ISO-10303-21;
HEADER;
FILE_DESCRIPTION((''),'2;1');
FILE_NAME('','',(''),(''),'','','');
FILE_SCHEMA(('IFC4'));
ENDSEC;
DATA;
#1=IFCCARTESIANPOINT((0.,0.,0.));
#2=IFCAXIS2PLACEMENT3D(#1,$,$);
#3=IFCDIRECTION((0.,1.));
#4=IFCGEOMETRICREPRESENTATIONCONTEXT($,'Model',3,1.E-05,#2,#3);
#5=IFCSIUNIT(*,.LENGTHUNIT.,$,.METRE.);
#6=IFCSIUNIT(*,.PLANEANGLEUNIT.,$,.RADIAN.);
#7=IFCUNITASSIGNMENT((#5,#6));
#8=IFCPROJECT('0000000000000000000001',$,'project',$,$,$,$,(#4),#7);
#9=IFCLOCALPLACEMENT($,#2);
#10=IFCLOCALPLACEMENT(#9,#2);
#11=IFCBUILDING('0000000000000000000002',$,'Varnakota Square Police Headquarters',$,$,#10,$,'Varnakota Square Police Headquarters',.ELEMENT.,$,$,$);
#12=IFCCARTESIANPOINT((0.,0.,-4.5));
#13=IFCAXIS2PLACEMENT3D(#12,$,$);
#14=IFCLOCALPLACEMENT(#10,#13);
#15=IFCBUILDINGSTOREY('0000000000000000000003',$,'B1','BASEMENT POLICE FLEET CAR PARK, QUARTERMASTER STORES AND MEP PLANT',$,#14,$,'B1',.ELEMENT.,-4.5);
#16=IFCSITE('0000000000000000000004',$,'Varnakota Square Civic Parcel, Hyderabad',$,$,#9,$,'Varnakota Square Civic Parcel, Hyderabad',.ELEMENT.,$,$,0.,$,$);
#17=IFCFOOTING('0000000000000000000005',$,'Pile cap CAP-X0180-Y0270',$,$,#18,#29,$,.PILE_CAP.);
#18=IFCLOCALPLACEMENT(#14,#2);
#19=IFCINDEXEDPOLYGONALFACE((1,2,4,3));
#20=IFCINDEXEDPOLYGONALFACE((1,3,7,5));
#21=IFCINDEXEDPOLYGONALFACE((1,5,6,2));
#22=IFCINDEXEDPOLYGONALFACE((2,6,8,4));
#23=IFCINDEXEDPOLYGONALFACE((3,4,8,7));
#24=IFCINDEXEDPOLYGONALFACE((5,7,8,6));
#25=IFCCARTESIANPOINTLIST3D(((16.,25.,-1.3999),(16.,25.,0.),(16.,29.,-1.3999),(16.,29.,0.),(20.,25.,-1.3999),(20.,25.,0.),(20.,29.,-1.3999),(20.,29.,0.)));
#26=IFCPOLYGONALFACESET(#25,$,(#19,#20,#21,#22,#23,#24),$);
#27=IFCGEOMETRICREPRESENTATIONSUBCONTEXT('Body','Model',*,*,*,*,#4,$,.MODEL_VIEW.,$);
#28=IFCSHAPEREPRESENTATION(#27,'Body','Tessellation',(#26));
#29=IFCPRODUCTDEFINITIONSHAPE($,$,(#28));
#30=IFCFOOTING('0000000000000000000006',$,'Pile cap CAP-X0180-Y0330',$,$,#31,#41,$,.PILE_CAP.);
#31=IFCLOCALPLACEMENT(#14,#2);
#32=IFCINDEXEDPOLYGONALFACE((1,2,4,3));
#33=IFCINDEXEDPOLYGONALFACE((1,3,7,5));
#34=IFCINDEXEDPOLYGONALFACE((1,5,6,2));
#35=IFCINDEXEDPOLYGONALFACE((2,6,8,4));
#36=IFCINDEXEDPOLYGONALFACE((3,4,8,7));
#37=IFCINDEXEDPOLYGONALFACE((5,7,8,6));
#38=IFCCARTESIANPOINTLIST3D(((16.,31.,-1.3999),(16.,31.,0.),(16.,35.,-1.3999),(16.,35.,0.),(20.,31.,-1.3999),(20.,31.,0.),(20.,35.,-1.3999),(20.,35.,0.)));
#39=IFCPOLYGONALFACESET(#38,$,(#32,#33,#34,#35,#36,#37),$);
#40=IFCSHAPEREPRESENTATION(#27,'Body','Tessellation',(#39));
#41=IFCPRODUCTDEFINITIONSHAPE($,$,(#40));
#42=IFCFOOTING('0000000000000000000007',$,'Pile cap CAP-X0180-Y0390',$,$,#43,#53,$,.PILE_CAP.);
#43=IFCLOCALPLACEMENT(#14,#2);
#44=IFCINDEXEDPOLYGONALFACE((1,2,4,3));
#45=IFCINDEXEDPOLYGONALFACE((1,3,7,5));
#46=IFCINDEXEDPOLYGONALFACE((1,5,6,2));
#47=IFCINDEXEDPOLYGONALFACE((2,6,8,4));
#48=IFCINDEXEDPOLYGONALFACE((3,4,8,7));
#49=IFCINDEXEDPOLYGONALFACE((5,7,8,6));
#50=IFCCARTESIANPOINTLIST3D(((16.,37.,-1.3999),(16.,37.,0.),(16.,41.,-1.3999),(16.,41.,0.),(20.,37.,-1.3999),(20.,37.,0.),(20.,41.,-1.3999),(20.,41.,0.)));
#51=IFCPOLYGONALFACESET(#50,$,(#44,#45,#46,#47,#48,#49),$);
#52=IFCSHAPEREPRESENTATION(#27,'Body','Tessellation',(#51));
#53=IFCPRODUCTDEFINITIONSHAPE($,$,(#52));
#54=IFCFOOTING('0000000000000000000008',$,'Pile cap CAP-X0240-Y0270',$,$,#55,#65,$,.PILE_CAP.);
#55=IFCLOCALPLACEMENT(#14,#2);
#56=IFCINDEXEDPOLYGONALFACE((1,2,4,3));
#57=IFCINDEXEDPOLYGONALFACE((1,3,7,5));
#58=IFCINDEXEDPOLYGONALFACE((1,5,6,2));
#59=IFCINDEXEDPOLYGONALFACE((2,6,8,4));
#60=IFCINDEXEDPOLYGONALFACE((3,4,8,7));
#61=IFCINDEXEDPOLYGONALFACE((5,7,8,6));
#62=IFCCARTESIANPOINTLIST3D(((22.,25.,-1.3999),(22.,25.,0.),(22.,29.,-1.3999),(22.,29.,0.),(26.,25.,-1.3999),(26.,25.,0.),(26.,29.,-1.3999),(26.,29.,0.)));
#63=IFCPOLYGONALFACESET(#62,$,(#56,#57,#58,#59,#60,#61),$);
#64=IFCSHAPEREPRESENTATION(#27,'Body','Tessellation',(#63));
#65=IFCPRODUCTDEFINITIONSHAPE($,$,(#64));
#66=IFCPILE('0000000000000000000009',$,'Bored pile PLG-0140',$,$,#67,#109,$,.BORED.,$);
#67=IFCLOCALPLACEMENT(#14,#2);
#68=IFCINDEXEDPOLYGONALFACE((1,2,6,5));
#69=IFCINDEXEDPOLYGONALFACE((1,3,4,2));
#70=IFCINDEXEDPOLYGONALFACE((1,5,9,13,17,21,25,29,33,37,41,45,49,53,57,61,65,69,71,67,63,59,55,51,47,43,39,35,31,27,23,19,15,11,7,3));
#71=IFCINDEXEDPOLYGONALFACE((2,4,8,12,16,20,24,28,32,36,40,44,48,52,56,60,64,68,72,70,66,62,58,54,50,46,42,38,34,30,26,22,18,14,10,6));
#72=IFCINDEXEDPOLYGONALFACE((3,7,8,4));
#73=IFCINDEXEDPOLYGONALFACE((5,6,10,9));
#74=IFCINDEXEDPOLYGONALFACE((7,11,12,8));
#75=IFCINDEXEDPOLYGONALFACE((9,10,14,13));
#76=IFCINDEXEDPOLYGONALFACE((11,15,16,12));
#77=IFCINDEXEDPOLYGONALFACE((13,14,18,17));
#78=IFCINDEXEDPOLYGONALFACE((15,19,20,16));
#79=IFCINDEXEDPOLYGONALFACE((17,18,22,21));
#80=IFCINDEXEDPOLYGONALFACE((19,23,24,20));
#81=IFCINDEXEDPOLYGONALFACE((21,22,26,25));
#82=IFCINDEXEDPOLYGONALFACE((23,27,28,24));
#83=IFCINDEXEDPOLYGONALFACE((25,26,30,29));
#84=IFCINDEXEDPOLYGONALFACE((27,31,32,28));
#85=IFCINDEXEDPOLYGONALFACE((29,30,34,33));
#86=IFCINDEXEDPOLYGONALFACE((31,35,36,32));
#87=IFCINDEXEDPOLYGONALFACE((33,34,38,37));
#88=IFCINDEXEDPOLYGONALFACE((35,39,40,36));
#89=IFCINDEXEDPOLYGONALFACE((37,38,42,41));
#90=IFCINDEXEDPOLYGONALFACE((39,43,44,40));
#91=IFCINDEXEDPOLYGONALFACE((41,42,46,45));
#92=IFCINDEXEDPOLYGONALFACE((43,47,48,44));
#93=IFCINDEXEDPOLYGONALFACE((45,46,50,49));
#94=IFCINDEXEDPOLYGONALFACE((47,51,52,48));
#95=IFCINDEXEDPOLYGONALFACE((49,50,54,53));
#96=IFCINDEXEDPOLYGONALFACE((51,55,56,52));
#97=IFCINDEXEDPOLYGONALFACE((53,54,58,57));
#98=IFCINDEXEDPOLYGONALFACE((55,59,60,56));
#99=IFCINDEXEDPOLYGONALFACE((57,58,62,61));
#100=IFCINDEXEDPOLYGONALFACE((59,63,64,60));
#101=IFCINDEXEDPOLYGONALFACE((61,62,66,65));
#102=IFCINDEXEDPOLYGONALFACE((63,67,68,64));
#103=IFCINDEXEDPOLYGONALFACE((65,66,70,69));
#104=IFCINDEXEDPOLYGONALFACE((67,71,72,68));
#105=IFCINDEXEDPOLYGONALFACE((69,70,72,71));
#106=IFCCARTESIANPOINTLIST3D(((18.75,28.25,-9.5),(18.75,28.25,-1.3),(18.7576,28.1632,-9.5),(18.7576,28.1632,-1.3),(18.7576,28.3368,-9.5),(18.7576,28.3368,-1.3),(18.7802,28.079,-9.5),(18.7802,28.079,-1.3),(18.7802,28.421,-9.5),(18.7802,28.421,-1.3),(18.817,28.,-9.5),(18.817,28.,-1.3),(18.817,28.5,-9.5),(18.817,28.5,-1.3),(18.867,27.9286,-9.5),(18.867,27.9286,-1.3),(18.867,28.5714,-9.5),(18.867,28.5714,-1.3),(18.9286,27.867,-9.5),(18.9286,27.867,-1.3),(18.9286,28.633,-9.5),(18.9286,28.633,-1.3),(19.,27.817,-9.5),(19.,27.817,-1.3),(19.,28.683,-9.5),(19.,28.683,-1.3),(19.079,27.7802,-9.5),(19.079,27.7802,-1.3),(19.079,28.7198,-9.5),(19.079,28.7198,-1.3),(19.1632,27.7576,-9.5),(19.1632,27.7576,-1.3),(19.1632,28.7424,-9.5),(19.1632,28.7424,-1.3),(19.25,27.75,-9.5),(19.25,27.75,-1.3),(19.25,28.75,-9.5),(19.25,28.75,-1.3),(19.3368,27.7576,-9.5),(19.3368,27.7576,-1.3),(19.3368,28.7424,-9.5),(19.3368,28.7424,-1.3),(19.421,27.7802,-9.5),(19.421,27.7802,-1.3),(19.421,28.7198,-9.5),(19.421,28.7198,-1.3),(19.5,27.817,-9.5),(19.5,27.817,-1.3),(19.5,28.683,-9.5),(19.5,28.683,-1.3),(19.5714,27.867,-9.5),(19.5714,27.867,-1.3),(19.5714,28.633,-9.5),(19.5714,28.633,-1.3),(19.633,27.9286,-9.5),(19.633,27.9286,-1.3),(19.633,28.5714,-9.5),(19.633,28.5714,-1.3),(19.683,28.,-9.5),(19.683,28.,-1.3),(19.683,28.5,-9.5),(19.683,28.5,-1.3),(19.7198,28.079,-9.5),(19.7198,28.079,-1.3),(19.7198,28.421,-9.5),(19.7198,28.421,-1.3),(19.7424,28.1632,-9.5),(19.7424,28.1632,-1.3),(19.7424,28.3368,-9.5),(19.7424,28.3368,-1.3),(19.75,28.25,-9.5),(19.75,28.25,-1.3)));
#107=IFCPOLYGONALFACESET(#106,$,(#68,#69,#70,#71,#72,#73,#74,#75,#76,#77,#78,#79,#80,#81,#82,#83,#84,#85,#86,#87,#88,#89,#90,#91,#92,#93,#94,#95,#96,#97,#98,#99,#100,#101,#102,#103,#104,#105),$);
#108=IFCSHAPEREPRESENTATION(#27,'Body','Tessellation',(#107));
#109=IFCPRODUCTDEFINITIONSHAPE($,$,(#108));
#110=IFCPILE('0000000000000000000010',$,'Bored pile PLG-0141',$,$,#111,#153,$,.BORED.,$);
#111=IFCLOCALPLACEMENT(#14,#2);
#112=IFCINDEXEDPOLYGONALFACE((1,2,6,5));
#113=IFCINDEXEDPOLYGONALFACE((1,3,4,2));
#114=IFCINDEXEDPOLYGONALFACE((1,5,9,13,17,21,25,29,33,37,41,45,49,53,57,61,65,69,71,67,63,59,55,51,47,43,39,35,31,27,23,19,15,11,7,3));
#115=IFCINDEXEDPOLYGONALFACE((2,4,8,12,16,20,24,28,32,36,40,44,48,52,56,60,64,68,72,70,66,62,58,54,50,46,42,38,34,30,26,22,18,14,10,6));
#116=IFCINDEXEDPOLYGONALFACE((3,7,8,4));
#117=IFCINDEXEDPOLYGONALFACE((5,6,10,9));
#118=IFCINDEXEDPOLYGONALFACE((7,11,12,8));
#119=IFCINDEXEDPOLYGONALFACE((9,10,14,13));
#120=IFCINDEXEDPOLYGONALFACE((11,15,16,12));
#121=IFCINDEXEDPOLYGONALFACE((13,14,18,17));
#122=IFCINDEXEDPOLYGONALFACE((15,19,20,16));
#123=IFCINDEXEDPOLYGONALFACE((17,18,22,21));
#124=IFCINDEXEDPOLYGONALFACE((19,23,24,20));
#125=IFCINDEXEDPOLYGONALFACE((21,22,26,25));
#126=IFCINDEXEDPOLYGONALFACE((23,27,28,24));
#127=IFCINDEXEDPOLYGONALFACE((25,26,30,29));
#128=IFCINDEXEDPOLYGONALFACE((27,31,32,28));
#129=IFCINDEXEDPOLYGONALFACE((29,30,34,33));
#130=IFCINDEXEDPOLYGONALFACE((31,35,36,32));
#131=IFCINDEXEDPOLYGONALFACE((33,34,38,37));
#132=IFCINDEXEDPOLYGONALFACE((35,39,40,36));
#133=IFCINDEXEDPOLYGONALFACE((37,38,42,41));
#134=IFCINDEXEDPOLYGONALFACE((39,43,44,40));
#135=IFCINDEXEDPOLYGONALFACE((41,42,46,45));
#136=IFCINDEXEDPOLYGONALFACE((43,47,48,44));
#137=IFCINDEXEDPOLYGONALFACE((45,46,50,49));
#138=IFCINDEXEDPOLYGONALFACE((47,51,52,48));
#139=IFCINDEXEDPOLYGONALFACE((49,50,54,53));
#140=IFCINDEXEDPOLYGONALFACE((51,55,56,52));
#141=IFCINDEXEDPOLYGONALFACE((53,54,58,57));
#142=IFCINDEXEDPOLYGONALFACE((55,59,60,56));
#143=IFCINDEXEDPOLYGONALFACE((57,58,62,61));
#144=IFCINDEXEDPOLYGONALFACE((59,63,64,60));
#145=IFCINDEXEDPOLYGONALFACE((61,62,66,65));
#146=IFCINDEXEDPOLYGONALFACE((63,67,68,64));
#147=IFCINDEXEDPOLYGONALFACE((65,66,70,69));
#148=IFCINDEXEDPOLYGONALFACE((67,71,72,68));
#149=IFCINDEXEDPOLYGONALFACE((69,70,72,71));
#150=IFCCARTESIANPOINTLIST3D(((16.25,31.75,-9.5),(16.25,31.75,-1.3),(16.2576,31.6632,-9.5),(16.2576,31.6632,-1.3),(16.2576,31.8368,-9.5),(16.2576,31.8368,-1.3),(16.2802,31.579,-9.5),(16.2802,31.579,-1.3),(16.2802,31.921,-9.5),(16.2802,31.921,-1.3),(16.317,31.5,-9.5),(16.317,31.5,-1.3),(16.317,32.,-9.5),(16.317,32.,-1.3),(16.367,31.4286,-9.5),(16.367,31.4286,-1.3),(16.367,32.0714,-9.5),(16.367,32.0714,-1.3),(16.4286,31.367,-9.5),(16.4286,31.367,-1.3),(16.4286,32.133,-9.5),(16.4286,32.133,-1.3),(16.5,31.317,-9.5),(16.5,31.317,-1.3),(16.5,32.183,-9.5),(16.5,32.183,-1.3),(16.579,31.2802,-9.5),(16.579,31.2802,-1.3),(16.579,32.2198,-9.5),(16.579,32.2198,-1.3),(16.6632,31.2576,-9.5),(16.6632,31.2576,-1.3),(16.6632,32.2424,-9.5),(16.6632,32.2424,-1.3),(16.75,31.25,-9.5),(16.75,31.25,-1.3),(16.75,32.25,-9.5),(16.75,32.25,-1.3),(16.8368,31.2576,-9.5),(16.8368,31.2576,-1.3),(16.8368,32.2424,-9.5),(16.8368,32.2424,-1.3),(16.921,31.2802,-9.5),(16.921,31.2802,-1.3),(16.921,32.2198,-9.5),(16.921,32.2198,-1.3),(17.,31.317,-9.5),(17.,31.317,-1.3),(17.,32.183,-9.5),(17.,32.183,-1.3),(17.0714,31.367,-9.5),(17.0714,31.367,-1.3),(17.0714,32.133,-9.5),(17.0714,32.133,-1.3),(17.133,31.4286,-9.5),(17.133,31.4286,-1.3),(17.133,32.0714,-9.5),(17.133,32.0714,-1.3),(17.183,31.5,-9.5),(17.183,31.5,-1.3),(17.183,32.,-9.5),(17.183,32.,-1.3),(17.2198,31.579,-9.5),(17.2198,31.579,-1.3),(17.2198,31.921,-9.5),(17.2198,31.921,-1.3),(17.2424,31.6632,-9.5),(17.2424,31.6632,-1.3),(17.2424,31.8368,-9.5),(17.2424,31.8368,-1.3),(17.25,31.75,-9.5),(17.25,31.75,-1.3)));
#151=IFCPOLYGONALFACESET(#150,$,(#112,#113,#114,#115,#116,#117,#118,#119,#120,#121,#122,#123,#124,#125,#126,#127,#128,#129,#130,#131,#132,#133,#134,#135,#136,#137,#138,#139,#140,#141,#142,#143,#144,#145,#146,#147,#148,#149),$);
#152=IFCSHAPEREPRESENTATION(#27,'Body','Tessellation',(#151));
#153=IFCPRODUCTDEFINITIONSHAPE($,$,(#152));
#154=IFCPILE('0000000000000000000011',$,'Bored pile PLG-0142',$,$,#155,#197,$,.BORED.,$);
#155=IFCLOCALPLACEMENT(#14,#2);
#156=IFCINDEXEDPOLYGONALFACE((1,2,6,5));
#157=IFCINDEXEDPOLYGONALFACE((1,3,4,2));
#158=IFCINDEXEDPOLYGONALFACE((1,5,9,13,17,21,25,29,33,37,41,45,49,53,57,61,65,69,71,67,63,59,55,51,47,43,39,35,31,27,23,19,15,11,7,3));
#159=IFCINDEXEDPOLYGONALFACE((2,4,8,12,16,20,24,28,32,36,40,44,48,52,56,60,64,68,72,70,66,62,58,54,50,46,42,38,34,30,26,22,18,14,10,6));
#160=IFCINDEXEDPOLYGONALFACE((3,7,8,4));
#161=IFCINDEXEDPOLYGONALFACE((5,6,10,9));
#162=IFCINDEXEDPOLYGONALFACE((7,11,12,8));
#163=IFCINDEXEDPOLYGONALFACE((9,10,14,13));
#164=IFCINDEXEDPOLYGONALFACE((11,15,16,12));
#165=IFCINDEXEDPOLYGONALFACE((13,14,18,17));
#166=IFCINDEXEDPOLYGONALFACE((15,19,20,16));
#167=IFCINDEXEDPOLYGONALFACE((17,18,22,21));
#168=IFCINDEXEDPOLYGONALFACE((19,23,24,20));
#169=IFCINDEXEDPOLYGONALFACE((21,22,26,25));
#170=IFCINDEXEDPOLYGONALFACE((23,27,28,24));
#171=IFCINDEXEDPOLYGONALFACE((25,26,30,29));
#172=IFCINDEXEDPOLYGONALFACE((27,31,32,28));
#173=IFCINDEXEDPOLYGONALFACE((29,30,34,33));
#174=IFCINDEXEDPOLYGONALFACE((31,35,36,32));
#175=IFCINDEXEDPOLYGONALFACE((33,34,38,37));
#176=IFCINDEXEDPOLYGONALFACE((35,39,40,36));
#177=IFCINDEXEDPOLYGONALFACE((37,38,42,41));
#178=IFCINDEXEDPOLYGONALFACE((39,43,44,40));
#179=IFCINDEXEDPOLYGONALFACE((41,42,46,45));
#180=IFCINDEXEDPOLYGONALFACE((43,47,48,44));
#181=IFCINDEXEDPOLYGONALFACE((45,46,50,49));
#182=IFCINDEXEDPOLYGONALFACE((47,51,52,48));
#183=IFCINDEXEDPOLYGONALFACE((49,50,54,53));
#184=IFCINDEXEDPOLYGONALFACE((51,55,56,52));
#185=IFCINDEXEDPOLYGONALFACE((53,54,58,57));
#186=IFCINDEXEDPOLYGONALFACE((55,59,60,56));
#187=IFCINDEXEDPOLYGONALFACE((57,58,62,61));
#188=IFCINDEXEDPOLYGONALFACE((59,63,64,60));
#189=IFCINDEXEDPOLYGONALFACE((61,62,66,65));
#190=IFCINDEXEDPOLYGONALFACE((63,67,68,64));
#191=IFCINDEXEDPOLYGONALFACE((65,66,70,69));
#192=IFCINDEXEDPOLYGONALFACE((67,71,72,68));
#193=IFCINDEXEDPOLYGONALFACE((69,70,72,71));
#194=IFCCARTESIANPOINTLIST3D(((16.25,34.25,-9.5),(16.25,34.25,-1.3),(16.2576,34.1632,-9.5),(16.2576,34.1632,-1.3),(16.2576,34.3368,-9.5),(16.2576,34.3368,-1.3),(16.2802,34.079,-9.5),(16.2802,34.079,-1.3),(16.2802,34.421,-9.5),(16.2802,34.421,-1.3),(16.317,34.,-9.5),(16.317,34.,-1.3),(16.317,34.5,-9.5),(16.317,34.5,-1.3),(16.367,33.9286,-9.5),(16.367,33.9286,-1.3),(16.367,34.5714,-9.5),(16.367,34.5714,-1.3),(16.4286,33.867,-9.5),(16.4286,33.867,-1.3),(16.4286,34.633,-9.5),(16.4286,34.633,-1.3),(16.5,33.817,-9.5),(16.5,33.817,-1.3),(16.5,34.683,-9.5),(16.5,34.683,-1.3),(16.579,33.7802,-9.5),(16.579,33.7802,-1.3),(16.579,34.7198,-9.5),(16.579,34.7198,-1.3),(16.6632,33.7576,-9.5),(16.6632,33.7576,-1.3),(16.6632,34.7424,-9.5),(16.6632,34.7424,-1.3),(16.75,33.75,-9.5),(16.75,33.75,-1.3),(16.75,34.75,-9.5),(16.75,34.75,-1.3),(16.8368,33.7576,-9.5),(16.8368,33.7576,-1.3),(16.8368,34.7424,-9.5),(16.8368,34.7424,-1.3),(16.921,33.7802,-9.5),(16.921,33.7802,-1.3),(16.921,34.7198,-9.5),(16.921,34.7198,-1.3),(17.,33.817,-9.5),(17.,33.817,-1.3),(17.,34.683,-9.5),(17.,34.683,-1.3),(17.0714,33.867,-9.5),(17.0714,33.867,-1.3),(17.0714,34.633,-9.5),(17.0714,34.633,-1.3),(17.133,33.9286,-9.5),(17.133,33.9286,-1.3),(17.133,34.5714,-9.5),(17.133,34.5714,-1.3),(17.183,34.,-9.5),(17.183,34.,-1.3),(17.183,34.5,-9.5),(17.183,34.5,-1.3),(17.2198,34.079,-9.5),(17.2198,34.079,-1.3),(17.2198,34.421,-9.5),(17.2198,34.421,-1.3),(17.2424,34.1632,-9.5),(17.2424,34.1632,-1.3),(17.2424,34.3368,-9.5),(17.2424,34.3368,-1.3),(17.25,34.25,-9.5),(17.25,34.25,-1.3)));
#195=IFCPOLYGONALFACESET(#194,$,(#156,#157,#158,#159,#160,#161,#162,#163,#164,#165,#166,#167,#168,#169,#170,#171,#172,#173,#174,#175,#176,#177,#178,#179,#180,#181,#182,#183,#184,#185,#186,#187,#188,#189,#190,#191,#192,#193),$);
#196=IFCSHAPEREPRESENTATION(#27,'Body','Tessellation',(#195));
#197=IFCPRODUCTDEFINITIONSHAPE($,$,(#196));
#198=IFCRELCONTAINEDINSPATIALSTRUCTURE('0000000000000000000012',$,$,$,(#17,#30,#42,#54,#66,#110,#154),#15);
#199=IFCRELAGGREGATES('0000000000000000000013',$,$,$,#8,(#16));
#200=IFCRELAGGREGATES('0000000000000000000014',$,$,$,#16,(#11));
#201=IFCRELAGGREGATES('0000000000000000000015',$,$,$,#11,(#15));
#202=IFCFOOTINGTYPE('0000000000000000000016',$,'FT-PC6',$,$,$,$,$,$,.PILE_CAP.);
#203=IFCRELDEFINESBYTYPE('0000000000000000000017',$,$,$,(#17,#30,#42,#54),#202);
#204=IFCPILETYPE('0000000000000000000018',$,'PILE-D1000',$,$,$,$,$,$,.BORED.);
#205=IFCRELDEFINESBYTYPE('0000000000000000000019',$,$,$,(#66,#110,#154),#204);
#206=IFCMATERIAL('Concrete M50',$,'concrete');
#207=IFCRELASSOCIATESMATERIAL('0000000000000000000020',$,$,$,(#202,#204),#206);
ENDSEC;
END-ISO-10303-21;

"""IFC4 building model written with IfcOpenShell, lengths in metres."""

from ifc_helpers import new_model, si_unit, direction, frame, origin, origin_2d, place, context, subcontext, project, spatial, rectangle, circle, extrude, material, material_profile, profile_set, type_object, element, save


model = new_model("IFC4")

# Units and contexts
model_context = context("Model", 3, precision=1e-05, world=origin(), true_north=direction((0.0, 1.0)))
body_context = subcontext(model_context, "Body", "Model", "MODEL_VIEW")
ifc_project = project(units=[si_unit("LENGTHUNIT", "METRE"), si_unit("PLANEANGLEUNIT", "RADIAN")], contexts=[model_context])

# Site, building, storey
site_placement = place(None, origin())
site = spatial("IfcSite", under=ifc_project, at=site_placement, Name="Varnakota Square Civic Parcel, Hyderabad", LongName="Varnakota Square Civic Parcel, Hyderabad", CompositionType="ELEMENT", RefElevation=0.0)
building_placement = place(site_placement, origin())
building = spatial("IfcBuilding", under=site, at=building_placement, Name="Varnakota Square Police Headquarters", LongName="Varnakota Square Police Headquarters", CompositionType="ELEMENT")
storey_placement = place(building_placement, frame((0.0, 0.0, -4.5)))
storey = spatial("IfcBuildingStorey", under=building, at=storey_placement, Name="B1", Description="BASEMENT POLICE FLEET CAR PARK, QUARTERMASTER STORES AND MEP PLANT", LongName="B1", CompositionType="ELEMENT", Elevation=-4.5)

# Footings
ifc_material_1 = material(Name="Concrete M50", Category="concrete")
footing_type = type_object("IfcFootingType", Name="FT-PC6", PredefinedType="PILE_CAP", material=ifc_material_1)
for number, where, z_axis, x_axis, name in (
    (1, (18.0, 27.0, -1.3999), (0.0, 0.0, 1.0), (1.0, 0.0, 0.0), "Pile cap CAP-X0180-Y0270"),
    (2, (18.0, 33.0, -1.3999), (0.0, 0.0, 1.0), (1.0, 0.0, 0.0), "Pile cap CAP-X0180-Y0330"),
    (3, (18.0, 39.0, -1.3999), (0.0, 0.0, 1.0), (1.0, 0.0, 0.0), "Pile cap CAP-X0180-Y0390"),
    (4, (24.0, 27.0, -1.3999), (0.0, 0.0, 1.0), (1.0, 0.0, 0.0), "Pile cap CAP-X0240-Y0270"),
):
    element("IfcFooting", number, at=place(storey_placement, frame(where, z_axis=z_axis, x_axis=x_axis)), inside=storey, type_object=footing_type, Name=name, PredefinedType="PILE_CAP", context=body_context, shape_type="SweptSolid", body=[
        extrude(rectangle(XDim=4.0, YDim=4.0, at=origin_2d()), origin(), (0.0, 0.0, 1.0), 1.3999),
    ])

# Piles
ifc_material_profile_1 = material_profile(ifc_material_1, circle(Radius=0.5, at=origin_2d()), Name="BORED PILE 1000")
ifc_profile_set_1 = profile_set([ifc_material_profile_1], Name="Concrete M50")
pile_type = type_object("IfcPileType", Name="PILE-D1000", PredefinedType="BORED", material=ifc_profile_set_1)
for number, where, z_axis, x_axis, name in (
    (5, (19.25, 28.25, -1.3), (0.0, 0.0, -1.0), (1.0, 0.0, 0.0), "Bored pile PLG-0140"),
    (6, (16.75, 31.75, -1.3), (0.0, 0.0, -1.0), (1.0, 0.0, 0.0), "Bored pile PLG-0141"),
    (7, (16.75, 34.25, -1.3), (0.0, 0.0, -1.0), (1.0, 0.0, 0.0), "Bored pile PLG-0142"),
):
    element("IfcPile", number, at=place(storey_placement, frame(where, z_axis=z_axis, x_axis=x_axis)), inside=storey, type_object=pile_type, Name=name, PredefinedType="BORED", context=body_context, shape_type="SweptSolid", body=[
        extrude(circle(Radius=0.5, at=origin_2d()), origin(), (0.0, 0.0, 1.0), 8.2),
    ])

save(model, "model.ifc")
